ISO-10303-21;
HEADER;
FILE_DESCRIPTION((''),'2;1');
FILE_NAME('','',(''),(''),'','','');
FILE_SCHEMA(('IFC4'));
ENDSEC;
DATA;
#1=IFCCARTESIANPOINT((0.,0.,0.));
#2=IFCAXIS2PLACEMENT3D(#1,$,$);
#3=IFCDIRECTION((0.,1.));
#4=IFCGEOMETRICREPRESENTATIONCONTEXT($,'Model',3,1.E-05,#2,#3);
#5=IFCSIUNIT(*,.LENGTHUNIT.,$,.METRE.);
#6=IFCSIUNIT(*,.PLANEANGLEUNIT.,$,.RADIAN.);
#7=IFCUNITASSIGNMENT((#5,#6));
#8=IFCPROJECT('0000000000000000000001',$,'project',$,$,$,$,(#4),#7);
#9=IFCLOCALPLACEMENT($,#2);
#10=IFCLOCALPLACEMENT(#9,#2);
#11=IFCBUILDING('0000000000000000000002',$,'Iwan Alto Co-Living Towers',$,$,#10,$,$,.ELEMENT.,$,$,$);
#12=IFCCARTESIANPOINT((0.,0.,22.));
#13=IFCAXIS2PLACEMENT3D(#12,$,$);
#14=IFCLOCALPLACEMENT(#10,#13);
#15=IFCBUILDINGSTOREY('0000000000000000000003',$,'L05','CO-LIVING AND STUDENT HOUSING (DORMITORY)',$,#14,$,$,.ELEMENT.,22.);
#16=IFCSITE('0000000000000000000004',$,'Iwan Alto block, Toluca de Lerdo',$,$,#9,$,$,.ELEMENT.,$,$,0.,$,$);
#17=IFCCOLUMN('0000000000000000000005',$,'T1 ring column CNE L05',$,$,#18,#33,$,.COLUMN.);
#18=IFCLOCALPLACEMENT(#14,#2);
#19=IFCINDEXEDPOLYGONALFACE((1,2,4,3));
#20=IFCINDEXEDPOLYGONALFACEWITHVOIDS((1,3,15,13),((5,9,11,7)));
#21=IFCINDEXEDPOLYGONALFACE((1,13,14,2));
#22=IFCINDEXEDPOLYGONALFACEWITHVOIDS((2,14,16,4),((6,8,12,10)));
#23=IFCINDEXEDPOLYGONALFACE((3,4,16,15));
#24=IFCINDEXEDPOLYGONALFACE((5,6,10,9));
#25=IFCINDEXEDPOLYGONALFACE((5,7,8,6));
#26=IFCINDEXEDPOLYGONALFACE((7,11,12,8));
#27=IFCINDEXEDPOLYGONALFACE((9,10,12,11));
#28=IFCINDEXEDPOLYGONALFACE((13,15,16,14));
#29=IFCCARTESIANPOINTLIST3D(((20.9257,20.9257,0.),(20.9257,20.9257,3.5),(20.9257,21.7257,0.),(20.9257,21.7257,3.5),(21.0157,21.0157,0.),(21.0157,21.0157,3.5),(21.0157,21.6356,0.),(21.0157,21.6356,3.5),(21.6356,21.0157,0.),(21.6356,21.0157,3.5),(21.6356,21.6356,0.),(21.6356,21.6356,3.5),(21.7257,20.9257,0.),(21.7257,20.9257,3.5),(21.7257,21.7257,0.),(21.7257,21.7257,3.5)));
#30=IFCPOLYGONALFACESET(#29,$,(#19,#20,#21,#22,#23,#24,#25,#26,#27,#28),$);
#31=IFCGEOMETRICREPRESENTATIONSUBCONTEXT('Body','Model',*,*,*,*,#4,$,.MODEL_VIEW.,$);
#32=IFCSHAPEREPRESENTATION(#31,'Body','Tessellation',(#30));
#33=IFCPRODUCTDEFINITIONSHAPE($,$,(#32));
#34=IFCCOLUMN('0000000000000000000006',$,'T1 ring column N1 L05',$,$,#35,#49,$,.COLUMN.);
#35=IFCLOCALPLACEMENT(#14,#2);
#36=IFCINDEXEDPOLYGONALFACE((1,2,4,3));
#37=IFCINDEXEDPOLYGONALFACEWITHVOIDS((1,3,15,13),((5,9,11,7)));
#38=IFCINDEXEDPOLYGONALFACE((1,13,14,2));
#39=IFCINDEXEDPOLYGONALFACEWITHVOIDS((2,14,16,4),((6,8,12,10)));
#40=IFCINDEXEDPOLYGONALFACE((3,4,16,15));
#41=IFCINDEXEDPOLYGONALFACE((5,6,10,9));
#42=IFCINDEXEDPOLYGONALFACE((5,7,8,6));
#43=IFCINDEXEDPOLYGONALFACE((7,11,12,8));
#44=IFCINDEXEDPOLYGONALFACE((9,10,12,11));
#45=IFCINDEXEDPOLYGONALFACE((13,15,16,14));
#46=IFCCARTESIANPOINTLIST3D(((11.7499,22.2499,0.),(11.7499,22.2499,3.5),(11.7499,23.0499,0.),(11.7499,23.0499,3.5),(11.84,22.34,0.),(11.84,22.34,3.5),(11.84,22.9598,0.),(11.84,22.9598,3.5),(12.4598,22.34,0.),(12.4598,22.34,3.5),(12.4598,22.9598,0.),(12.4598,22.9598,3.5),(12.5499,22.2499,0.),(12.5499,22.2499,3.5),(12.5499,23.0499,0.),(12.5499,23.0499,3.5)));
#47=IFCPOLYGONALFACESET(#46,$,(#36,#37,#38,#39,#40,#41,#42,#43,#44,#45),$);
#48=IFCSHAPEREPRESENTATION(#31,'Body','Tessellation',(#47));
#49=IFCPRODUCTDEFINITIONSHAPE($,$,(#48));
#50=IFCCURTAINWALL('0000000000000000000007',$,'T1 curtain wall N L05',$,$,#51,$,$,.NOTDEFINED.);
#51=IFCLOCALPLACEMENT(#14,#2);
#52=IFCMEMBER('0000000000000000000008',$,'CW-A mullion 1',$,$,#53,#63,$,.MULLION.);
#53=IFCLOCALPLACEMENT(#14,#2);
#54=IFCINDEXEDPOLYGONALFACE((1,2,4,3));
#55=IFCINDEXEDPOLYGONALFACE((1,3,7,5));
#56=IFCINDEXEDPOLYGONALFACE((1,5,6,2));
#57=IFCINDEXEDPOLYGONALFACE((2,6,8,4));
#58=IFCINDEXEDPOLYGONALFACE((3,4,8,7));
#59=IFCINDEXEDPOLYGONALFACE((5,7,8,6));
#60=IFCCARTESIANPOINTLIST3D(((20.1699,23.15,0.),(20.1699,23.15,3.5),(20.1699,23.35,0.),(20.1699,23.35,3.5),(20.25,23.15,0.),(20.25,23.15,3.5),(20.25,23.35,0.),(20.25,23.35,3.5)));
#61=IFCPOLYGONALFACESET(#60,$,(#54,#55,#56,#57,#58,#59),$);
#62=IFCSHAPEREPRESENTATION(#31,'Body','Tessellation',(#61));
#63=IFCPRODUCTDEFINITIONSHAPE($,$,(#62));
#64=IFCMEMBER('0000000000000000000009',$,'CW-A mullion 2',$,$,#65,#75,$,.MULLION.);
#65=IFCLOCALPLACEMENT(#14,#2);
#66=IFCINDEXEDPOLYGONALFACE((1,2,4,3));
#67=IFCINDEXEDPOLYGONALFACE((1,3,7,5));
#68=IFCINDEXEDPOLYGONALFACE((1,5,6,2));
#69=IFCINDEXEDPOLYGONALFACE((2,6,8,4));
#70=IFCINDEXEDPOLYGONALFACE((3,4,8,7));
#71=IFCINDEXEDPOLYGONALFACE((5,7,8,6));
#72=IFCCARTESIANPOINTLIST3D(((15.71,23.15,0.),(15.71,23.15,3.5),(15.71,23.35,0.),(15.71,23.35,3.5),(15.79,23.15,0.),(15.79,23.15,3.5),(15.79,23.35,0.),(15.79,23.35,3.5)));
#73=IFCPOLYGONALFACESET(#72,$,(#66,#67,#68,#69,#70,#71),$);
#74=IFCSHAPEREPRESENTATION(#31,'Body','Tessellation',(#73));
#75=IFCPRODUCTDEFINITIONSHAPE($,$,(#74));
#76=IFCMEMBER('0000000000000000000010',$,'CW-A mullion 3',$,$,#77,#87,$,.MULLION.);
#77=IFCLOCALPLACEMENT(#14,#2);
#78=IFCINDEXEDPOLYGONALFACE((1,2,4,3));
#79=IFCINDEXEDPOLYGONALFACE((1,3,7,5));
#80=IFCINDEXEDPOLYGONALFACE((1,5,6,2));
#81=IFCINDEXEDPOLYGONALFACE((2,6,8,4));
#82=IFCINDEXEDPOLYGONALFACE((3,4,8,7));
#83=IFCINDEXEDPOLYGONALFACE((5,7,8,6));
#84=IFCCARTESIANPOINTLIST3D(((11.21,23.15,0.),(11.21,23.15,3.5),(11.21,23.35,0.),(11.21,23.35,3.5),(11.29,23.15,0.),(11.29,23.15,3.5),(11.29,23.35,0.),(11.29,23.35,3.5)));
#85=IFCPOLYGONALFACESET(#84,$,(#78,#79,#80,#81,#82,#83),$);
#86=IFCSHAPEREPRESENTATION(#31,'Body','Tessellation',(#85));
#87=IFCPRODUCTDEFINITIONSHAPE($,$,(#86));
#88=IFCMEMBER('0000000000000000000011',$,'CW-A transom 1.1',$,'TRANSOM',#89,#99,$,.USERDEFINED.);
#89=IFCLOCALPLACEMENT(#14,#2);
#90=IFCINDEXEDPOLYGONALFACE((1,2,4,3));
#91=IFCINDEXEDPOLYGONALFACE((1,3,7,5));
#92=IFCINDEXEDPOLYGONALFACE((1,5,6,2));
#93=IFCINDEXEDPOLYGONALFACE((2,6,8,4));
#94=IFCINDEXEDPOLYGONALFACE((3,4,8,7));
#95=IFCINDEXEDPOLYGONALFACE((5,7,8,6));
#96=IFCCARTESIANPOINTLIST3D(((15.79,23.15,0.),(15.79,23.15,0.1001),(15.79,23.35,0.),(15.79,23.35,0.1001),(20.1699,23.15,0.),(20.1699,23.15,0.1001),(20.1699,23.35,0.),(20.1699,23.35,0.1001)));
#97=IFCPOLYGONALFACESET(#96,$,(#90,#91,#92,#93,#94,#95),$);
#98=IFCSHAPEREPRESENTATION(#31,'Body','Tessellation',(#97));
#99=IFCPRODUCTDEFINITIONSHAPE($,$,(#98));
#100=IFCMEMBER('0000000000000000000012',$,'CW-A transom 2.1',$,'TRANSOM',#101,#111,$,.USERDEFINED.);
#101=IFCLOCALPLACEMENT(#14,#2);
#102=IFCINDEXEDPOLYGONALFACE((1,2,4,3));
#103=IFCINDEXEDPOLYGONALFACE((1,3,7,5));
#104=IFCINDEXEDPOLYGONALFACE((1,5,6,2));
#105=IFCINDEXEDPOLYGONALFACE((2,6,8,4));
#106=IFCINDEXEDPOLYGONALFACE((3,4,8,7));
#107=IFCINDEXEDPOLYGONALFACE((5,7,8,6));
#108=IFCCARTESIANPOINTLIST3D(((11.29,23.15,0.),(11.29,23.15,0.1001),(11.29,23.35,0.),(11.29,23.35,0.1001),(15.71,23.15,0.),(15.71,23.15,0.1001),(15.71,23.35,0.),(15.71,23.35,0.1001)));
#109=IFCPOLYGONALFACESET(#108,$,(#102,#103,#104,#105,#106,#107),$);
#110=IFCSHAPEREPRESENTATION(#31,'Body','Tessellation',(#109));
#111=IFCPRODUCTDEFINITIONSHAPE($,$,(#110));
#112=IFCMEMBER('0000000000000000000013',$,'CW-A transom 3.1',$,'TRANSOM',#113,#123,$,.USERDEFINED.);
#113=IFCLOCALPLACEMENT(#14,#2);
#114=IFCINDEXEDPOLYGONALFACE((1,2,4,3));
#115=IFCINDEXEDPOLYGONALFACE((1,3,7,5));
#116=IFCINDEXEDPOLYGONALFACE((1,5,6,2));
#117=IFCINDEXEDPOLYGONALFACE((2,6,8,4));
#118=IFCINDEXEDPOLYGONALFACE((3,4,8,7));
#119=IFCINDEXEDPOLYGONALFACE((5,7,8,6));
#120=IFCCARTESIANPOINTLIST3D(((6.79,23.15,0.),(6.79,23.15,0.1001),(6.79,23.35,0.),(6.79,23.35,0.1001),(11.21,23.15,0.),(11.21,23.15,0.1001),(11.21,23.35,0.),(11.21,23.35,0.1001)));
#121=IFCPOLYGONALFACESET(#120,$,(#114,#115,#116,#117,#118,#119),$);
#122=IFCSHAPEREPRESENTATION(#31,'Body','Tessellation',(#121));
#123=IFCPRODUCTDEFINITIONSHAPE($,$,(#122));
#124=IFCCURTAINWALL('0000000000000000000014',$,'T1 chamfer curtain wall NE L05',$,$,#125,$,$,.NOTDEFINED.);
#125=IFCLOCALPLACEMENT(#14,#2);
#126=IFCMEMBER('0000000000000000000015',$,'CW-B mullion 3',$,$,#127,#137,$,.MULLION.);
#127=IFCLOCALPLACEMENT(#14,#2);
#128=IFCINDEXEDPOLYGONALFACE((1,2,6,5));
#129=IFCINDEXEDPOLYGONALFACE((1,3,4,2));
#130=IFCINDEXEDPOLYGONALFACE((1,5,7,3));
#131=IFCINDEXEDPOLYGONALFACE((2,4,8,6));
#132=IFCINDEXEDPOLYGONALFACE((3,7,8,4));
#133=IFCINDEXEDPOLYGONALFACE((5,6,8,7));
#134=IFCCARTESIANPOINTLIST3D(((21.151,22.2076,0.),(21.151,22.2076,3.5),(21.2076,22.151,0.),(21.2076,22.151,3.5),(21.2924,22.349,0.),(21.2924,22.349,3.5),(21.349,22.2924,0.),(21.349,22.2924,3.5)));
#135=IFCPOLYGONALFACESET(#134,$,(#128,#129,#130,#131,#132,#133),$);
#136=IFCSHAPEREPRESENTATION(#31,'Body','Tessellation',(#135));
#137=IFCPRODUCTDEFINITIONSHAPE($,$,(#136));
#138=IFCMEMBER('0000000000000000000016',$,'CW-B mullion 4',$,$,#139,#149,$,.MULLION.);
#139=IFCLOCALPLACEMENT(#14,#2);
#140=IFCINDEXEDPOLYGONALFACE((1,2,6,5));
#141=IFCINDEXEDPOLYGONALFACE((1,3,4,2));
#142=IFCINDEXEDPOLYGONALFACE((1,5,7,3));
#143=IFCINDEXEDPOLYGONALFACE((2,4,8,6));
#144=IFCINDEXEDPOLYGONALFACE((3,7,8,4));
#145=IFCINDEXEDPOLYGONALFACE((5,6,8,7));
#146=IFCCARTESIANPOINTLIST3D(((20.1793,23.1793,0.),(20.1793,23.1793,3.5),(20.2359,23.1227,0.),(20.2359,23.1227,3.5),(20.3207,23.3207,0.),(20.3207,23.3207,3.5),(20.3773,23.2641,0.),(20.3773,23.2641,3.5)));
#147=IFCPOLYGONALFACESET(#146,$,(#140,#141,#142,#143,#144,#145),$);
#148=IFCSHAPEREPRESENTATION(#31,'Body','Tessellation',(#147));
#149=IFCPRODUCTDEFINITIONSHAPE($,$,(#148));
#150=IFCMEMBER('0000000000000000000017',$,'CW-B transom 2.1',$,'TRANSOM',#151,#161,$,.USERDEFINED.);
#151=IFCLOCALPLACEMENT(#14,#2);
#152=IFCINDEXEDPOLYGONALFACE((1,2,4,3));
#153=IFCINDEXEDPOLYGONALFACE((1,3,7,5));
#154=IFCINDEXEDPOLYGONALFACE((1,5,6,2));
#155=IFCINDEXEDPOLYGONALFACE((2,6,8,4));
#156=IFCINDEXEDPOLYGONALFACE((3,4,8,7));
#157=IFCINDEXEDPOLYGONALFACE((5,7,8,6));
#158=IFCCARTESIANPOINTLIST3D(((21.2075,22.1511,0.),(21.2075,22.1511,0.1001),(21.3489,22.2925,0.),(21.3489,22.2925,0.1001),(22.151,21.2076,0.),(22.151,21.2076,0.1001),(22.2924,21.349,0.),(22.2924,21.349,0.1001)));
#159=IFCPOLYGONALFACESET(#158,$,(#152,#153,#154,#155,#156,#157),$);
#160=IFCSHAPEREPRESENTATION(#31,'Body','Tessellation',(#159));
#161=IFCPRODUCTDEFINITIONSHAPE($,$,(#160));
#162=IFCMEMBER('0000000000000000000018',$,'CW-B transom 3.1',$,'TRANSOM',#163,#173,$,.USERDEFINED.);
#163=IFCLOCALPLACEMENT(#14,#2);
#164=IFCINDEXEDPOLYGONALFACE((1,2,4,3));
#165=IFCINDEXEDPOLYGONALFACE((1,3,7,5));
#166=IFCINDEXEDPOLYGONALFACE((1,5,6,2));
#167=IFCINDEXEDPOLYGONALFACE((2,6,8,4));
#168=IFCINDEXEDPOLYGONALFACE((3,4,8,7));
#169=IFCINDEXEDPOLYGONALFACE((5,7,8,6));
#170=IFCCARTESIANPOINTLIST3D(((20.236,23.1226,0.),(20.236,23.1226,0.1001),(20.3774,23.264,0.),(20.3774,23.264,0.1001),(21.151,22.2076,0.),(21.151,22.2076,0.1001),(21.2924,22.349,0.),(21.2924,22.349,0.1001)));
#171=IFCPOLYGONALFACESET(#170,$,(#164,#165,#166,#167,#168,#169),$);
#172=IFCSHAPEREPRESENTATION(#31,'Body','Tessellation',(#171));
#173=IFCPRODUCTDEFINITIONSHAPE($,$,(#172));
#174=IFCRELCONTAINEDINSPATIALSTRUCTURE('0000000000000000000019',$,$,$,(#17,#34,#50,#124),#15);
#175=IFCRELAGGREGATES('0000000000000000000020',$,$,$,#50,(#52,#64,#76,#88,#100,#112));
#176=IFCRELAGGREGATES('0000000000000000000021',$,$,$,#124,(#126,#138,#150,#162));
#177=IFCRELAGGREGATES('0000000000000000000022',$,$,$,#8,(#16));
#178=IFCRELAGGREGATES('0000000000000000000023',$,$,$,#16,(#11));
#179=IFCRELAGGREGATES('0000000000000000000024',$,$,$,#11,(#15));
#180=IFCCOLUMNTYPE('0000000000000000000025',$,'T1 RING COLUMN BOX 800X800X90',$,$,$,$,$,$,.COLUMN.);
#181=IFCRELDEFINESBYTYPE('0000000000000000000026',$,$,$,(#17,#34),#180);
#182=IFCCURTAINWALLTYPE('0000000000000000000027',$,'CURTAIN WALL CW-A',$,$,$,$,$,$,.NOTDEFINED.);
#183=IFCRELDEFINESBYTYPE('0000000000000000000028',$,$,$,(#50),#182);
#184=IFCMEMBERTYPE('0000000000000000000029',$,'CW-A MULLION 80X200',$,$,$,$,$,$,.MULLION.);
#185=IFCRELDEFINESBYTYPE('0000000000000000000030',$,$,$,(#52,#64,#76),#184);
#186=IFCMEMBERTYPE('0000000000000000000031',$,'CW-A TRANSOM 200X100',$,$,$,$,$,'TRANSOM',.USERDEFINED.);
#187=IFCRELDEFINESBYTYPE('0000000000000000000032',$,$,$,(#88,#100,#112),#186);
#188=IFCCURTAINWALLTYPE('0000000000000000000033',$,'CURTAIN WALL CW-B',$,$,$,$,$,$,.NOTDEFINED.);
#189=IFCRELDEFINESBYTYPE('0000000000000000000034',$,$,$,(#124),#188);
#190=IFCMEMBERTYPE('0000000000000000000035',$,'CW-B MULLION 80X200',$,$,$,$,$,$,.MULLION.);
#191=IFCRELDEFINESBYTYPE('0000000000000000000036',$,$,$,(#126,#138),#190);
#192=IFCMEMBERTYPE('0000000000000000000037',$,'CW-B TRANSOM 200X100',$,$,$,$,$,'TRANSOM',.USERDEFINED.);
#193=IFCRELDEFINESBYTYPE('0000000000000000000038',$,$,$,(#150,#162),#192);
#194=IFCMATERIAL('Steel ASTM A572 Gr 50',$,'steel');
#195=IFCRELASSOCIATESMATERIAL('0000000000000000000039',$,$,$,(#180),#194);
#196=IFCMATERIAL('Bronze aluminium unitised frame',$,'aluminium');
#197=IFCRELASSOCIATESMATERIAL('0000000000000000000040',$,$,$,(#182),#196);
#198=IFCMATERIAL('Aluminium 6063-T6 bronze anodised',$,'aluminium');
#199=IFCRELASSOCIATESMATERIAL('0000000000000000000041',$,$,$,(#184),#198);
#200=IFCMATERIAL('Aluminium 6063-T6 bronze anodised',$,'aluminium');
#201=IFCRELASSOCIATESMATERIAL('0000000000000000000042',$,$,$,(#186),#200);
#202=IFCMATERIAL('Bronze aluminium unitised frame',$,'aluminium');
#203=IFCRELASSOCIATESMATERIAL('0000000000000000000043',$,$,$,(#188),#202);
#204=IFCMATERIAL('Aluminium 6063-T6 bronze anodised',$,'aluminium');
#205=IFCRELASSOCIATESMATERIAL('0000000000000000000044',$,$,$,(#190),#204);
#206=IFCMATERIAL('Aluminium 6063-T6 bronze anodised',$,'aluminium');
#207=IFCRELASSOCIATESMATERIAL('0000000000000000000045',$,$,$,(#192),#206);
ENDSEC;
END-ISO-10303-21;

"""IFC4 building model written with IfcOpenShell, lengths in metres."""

from ifc_helpers import new_model, si_unit, direction, frame, origin, origin_2d, place, context, subcontext, project, spatial, rectangle, hollow_rectangle, extrude, material, material_profile, profile_set, type_object, element, aggregate, save


model = new_model("IFC4")

# Units and contexts
model_context = context("Model", 3, precision=1e-05, world=origin(), true_north=direction((0.0, 1.0)))
body_context = subcontext(model_context, "Body", "Model", "MODEL_VIEW")
ifc_project = project(units=[si_unit("LENGTHUNIT", "METRE"), si_unit("PLANEANGLEUNIT", "RADIAN")], contexts=[model_context])

# Site, building, storey
site_placement = place(None, origin())
site = spatial("IfcSite", under=ifc_project, at=site_placement, Name="Iwan Alto block, Toluca de Lerdo", CompositionType="ELEMENT", RefElevation=0.0)
building_placement = place(site_placement, origin())
building = spatial("IfcBuilding", under=site, at=building_placement, Name="Iwan Alto Co-Living Towers", CompositionType="ELEMENT")
storey_placement = place(building_placement, frame((0.0, 0.0, 22.0)))
storey = spatial("IfcBuildingStorey", under=building, at=storey_placement, Name="L05", Description="CO-LIVING AND STUDENT HOUSING (DORMITORY)", CompositionType="ELEMENT", Elevation=22.0)

# Columns
ifc_material_1 = material(Name="Steel ASTM A572 Gr 50", Category="steel")
ifc_material_profile_1 = material_profile(ifc_material_1, hollow_rectangle(XDim=0.8, YDim=0.8, WallThickness=0.0901, at=origin_2d()), Name="BOX 800X800X90")
ifc_profile_set_1 = profile_set([ifc_material_profile_1], Name="Steel ASTM A572 Gr 50")
column_type = type_object("IfcColumnType", Name="T1 RING COLUMN BOX 800X800X90", PredefinedType="COLUMN", material=ifc_profile_set_1)
for number, where, z_axis, x_axis, name in (
    (1, (21.3257, 21.3257, 0.0), (0.0, 0.0, 1.0), (1.0, 0.0, 0.0), "T1 ring column CNE L05"),
    (2, (12.1499, 22.6499, 0.0), (0.0, 0.0, 1.0), (1.0, 0.0, 0.0), "T1 ring column N1 L05"),
):
    element("IfcColumn", number, at=place(storey_placement, frame(where, z_axis=z_axis, x_axis=x_axis)), inside=storey, type_object=column_type, Name=name, PredefinedType="COLUMN", context=body_context, shape_type="SweptSolid", body=[
        extrude(hollow_rectangle(XDim=0.8, YDim=0.8, WallThickness=0.0901, at=origin_2d()), origin(), (0.0, 0.0, 1.0), 3.5),
    ])

# Curtain walls, members
ifc_material_2 = material(Name="Bronze aluminium unitised frame", Category="aluminium")
curtain_wall_type_1 = type_object("IfcCurtainWallType", Name="CURTAIN WALL CW-A", PredefinedType="NOTDEFINED", material=ifc_material_2)
curtain_wall_1_placement = place(storey_placement, origin())
curtain_wall_1 = element("IfcCurtainWall", 3, at=curtain_wall_1_placement, inside=storey, type_object=curtain_wall_type_1, Name="T1 curtain wall N L05", PredefinedType="NOTDEFINED")
ifc_material_3 = material(Name="Aluminium 6063-T6 bronze anodised", Category="aluminium")
ifc_material_profile_2 = material_profile(ifc_material_3, rectangle(XDim=0.2, YDim=0.0801, at=origin_2d()), Name="AL 80X200")
ifc_profile_set_2 = profile_set([ifc_material_profile_2], Name="Aluminium 6063-T6 bronze anodised")
member_type_1 = type_object("IfcMemberType", Name="CW-A MULLION 80X200", PredefinedType="MULLION", material=ifc_profile_set_2)
member_1_placement = place(storey_placement, frame((20.21, 23.25, 0.0), z_axis=(0.0, 0.0, 1.0), x_axis=(0.0, -1.0, 0.0)))
member_1 = element("IfcMember", 4, at=member_1_placement, type_object=member_type_1, Name="CW-A mullion 1", PredefinedType="MULLION", context=body_context, shape_type="SweptSolid", body=[
    extrude(rectangle(XDim=0.2, YDim=0.0801, at=origin_2d()), origin(), (0.0, 0.0, 1.0), 3.5),
])
member_2_placement = place(storey_placement, frame((15.75, 23.25, 0.0), z_axis=(0.0, 0.0, 1.0), x_axis=(0.0, -1.0, 0.0)))
member_2 = element("IfcMember", 5, at=member_2_placement, type_object=member_type_1, Name="CW-A mullion 2", PredefinedType="MULLION", context=body_context, shape_type="SweptSolid", body=[
    extrude(rectangle(XDim=0.2, YDim=0.0801, at=origin_2d()), origin(), (0.0, 0.0, 1.0), 3.5),
])
member_3_placement = place(storey_placement, frame((11.25, 23.25, 0.0), z_axis=(0.0, 0.0, 1.0), x_axis=(0.0, -1.0, 0.0)))
member_3 = element("IfcMember", 6, at=member_3_placement, type_object=member_type_1, Name="CW-A mullion 3", PredefinedType="MULLION", context=body_context, shape_type="SweptSolid", body=[
    extrude(rectangle(XDim=0.2, YDim=0.0801, at=origin_2d()), origin(), (0.0, 0.0, 1.0), 3.5),
])
ifc_material_4 = material(Name="Aluminium 6063-T6 bronze anodised", Category="aluminium")
ifc_material_profile_3 = material_profile(ifc_material_4, rectangle(XDim=0.2, YDim=0.1001, at=origin_2d()), Name="AL 200X100")
ifc_profile_set_3 = profile_set([ifc_material_profile_3], Name="Aluminium 6063-T6 bronze anodised")
member_type_2 = type_object("IfcMemberType", Name="CW-A TRANSOM 200X100", ElementType="TRANSOM", PredefinedType="USERDEFINED", material=ifc_profile_set_3)
member_4_placement = place(storey_placement, frame((20.1699, 23.25, 0.05), z_axis=(-1.0, 0.0, 0.0), x_axis=(0.0, -1.0, 0.0)))
member_4 = element("IfcMember", 7, at=member_4_placement, type_object=member_type_2, Name="CW-A transom 1.1", ObjectType="TRANSOM", PredefinedType="USERDEFINED", context=body_context, shape_type="SweptSolid", body=[
    extrude(rectangle(XDim=0.2, YDim=0.1001, at=origin_2d()), origin(), (0.0, 0.0, 1.0), 4.3799),
])
member_5_placement = place(storey_placement, frame((15.71, 23.25, 0.05), z_axis=(-1.0, 0.0, 0.0), x_axis=(0.0, -1.0, 0.0)))
member_5 = element("IfcMember", 8, at=member_5_placement, type_object=member_type_2, Name="CW-A transom 2.1", ObjectType="TRANSOM", PredefinedType="USERDEFINED", context=body_context, shape_type="SweptSolid", body=[
    extrude(rectangle(XDim=0.2, YDim=0.1001, at=origin_2d()), origin(), (0.0, 0.0, 1.0), 4.4199),
])
member_6_placement = place(storey_placement, frame((11.21, 23.25, 0.05), z_axis=(-1.0, 0.0, 0.0), x_axis=(0.0, -1.0, 0.0)))
member_6 = element("IfcMember", 9, at=member_6_placement, type_object=member_type_2, Name="CW-A transom 3.1", ObjectType="TRANSOM", PredefinedType="USERDEFINED", context=body_context, shape_type="SweptSolid", body=[
    extrude(rectangle(XDim=0.2, YDim=0.1001, at=origin_2d()), origin(), (0.0, 0.0, 1.0), 4.4199),
])
ifc_material_5 = material(Name="Bronze aluminium unitised frame", Category="aluminium")
curtain_wall_type_2 = type_object("IfcCurtainWallType", Name="CURTAIN WALL CW-B", PredefinedType="NOTDEFINED", material=ifc_material_5)
curtain_wall_2_placement = place(storey_placement, origin())
curtain_wall_2 = element("IfcCurtainWall", 10, at=curtain_wall_2_placement, inside=storey, type_object=curtain_wall_type_2, Name="T1 chamfer curtain wall NE L05", PredefinedType="NOTDEFINED")
ifc_material_6 = material(Name="Aluminium 6063-T6 bronze anodised", Category="aluminium")
ifc_material_profile_4 = material_profile(ifc_material_6, rectangle(XDim=0.2, YDim=0.0801, at=origin_2d()), Name="AL 80X200")
ifc_profile_set_4 = profile_set([ifc_material_profile_4], Name="Aluminium 6063-T6 bronze anodised")
member_type_3 = type_object("IfcMemberType", Name="CW-B MULLION 80X200", PredefinedType="MULLION", material=ifc_profile_set_4)
member_7_placement = place(storey_placement, frame((21.25, 22.25, 0.0), z_axis=(0.0, 0.0, 1.0), x_axis=(-0.707107, -0.707107, 0.0)))
member_7 = element("IfcMember", 11, at=member_7_placement, type_object=member_type_3, Name="CW-B mullion 3", PredefinedType="MULLION", context=body_context, shape_type="SweptSolid", body=[
    extrude(rectangle(XDim=0.2, YDim=0.0801, at=origin_2d()), origin(), (0.0, 0.0, 1.0), 3.5),
])
member_8_placement = place(storey_placement, frame((20.2783, 23.2217, 0.0), z_axis=(0.0, 0.0, 1.0), x_axis=(-0.707107, -0.707107, 0.0)))
member_8 = element("IfcMember", 12, at=member_8_placement, type_object=member_type_3, Name="CW-B mullion 4", PredefinedType="MULLION", context=body_context, shape_type="SweptSolid", body=[
    extrude(rectangle(XDim=0.2, YDim=0.0801, at=origin_2d()), origin(), (0.0, 0.0, 1.0), 3.5),
])
ifc_material_7 = material(Name="Aluminium 6063-T6 bronze anodised", Category="aluminium")
ifc_material_profile_5 = material_profile(ifc_material_7, rectangle(XDim=0.2, YDim=0.1001, at=origin_2d()), Name="AL 200X100")
ifc_profile_set_5 = profile_set([ifc_material_profile_5], Name="Aluminium 6063-T6 bronze anodised")
member_type_4 = type_object("IfcMemberType", Name="CW-B TRANSOM 200X100", ElementType="TRANSOM", PredefinedType="USERDEFINED", material=ifc_profile_set_5)
member_9_placement = place(storey_placement, frame((22.2217, 21.2783, 0.05), z_axis=(-0.707107, 0.707107, 0.0), x_axis=(-0.707107, -0.707107, 0.0)))
member_9 = element("IfcMember", 13, at=member_9_placement, type_object=member_type_4, Name="CW-B transom 2.1", ObjectType="TRANSOM", PredefinedType="USERDEFINED", context=body_context, shape_type="SweptSolid", body=[
    extrude(rectangle(XDim=0.2, YDim=0.1001, at=origin_2d()), origin(), (0.0, 0.0, 1.0), 1.3342),
])
member_10_placement = place(storey_placement, frame((21.2217, 22.2783, 0.05), z_axis=(-0.707107, 0.707107, 0.0), x_axis=(-0.707107, -0.707107, 0.0)))
member_10 = element("IfcMember", 14, at=member_10_placement, type_object=member_type_4, Name="CW-B transom 3.1", ObjectType="TRANSOM", PredefinedType="USERDEFINED", context=body_context, shape_type="SweptSolid", body=[
    extrude(rectangle(XDim=0.2, YDim=0.1001, at=origin_2d()), origin(), (0.0, 0.0, 1.0), 1.2939),
])

aggregate(curtain_wall_1, [member_1, member_2, member_3, member_4, member_5, member_6])
aggregate(curtain_wall_2, [member_7, member_8, member_9, member_10])

save(model, "model.ifc")
